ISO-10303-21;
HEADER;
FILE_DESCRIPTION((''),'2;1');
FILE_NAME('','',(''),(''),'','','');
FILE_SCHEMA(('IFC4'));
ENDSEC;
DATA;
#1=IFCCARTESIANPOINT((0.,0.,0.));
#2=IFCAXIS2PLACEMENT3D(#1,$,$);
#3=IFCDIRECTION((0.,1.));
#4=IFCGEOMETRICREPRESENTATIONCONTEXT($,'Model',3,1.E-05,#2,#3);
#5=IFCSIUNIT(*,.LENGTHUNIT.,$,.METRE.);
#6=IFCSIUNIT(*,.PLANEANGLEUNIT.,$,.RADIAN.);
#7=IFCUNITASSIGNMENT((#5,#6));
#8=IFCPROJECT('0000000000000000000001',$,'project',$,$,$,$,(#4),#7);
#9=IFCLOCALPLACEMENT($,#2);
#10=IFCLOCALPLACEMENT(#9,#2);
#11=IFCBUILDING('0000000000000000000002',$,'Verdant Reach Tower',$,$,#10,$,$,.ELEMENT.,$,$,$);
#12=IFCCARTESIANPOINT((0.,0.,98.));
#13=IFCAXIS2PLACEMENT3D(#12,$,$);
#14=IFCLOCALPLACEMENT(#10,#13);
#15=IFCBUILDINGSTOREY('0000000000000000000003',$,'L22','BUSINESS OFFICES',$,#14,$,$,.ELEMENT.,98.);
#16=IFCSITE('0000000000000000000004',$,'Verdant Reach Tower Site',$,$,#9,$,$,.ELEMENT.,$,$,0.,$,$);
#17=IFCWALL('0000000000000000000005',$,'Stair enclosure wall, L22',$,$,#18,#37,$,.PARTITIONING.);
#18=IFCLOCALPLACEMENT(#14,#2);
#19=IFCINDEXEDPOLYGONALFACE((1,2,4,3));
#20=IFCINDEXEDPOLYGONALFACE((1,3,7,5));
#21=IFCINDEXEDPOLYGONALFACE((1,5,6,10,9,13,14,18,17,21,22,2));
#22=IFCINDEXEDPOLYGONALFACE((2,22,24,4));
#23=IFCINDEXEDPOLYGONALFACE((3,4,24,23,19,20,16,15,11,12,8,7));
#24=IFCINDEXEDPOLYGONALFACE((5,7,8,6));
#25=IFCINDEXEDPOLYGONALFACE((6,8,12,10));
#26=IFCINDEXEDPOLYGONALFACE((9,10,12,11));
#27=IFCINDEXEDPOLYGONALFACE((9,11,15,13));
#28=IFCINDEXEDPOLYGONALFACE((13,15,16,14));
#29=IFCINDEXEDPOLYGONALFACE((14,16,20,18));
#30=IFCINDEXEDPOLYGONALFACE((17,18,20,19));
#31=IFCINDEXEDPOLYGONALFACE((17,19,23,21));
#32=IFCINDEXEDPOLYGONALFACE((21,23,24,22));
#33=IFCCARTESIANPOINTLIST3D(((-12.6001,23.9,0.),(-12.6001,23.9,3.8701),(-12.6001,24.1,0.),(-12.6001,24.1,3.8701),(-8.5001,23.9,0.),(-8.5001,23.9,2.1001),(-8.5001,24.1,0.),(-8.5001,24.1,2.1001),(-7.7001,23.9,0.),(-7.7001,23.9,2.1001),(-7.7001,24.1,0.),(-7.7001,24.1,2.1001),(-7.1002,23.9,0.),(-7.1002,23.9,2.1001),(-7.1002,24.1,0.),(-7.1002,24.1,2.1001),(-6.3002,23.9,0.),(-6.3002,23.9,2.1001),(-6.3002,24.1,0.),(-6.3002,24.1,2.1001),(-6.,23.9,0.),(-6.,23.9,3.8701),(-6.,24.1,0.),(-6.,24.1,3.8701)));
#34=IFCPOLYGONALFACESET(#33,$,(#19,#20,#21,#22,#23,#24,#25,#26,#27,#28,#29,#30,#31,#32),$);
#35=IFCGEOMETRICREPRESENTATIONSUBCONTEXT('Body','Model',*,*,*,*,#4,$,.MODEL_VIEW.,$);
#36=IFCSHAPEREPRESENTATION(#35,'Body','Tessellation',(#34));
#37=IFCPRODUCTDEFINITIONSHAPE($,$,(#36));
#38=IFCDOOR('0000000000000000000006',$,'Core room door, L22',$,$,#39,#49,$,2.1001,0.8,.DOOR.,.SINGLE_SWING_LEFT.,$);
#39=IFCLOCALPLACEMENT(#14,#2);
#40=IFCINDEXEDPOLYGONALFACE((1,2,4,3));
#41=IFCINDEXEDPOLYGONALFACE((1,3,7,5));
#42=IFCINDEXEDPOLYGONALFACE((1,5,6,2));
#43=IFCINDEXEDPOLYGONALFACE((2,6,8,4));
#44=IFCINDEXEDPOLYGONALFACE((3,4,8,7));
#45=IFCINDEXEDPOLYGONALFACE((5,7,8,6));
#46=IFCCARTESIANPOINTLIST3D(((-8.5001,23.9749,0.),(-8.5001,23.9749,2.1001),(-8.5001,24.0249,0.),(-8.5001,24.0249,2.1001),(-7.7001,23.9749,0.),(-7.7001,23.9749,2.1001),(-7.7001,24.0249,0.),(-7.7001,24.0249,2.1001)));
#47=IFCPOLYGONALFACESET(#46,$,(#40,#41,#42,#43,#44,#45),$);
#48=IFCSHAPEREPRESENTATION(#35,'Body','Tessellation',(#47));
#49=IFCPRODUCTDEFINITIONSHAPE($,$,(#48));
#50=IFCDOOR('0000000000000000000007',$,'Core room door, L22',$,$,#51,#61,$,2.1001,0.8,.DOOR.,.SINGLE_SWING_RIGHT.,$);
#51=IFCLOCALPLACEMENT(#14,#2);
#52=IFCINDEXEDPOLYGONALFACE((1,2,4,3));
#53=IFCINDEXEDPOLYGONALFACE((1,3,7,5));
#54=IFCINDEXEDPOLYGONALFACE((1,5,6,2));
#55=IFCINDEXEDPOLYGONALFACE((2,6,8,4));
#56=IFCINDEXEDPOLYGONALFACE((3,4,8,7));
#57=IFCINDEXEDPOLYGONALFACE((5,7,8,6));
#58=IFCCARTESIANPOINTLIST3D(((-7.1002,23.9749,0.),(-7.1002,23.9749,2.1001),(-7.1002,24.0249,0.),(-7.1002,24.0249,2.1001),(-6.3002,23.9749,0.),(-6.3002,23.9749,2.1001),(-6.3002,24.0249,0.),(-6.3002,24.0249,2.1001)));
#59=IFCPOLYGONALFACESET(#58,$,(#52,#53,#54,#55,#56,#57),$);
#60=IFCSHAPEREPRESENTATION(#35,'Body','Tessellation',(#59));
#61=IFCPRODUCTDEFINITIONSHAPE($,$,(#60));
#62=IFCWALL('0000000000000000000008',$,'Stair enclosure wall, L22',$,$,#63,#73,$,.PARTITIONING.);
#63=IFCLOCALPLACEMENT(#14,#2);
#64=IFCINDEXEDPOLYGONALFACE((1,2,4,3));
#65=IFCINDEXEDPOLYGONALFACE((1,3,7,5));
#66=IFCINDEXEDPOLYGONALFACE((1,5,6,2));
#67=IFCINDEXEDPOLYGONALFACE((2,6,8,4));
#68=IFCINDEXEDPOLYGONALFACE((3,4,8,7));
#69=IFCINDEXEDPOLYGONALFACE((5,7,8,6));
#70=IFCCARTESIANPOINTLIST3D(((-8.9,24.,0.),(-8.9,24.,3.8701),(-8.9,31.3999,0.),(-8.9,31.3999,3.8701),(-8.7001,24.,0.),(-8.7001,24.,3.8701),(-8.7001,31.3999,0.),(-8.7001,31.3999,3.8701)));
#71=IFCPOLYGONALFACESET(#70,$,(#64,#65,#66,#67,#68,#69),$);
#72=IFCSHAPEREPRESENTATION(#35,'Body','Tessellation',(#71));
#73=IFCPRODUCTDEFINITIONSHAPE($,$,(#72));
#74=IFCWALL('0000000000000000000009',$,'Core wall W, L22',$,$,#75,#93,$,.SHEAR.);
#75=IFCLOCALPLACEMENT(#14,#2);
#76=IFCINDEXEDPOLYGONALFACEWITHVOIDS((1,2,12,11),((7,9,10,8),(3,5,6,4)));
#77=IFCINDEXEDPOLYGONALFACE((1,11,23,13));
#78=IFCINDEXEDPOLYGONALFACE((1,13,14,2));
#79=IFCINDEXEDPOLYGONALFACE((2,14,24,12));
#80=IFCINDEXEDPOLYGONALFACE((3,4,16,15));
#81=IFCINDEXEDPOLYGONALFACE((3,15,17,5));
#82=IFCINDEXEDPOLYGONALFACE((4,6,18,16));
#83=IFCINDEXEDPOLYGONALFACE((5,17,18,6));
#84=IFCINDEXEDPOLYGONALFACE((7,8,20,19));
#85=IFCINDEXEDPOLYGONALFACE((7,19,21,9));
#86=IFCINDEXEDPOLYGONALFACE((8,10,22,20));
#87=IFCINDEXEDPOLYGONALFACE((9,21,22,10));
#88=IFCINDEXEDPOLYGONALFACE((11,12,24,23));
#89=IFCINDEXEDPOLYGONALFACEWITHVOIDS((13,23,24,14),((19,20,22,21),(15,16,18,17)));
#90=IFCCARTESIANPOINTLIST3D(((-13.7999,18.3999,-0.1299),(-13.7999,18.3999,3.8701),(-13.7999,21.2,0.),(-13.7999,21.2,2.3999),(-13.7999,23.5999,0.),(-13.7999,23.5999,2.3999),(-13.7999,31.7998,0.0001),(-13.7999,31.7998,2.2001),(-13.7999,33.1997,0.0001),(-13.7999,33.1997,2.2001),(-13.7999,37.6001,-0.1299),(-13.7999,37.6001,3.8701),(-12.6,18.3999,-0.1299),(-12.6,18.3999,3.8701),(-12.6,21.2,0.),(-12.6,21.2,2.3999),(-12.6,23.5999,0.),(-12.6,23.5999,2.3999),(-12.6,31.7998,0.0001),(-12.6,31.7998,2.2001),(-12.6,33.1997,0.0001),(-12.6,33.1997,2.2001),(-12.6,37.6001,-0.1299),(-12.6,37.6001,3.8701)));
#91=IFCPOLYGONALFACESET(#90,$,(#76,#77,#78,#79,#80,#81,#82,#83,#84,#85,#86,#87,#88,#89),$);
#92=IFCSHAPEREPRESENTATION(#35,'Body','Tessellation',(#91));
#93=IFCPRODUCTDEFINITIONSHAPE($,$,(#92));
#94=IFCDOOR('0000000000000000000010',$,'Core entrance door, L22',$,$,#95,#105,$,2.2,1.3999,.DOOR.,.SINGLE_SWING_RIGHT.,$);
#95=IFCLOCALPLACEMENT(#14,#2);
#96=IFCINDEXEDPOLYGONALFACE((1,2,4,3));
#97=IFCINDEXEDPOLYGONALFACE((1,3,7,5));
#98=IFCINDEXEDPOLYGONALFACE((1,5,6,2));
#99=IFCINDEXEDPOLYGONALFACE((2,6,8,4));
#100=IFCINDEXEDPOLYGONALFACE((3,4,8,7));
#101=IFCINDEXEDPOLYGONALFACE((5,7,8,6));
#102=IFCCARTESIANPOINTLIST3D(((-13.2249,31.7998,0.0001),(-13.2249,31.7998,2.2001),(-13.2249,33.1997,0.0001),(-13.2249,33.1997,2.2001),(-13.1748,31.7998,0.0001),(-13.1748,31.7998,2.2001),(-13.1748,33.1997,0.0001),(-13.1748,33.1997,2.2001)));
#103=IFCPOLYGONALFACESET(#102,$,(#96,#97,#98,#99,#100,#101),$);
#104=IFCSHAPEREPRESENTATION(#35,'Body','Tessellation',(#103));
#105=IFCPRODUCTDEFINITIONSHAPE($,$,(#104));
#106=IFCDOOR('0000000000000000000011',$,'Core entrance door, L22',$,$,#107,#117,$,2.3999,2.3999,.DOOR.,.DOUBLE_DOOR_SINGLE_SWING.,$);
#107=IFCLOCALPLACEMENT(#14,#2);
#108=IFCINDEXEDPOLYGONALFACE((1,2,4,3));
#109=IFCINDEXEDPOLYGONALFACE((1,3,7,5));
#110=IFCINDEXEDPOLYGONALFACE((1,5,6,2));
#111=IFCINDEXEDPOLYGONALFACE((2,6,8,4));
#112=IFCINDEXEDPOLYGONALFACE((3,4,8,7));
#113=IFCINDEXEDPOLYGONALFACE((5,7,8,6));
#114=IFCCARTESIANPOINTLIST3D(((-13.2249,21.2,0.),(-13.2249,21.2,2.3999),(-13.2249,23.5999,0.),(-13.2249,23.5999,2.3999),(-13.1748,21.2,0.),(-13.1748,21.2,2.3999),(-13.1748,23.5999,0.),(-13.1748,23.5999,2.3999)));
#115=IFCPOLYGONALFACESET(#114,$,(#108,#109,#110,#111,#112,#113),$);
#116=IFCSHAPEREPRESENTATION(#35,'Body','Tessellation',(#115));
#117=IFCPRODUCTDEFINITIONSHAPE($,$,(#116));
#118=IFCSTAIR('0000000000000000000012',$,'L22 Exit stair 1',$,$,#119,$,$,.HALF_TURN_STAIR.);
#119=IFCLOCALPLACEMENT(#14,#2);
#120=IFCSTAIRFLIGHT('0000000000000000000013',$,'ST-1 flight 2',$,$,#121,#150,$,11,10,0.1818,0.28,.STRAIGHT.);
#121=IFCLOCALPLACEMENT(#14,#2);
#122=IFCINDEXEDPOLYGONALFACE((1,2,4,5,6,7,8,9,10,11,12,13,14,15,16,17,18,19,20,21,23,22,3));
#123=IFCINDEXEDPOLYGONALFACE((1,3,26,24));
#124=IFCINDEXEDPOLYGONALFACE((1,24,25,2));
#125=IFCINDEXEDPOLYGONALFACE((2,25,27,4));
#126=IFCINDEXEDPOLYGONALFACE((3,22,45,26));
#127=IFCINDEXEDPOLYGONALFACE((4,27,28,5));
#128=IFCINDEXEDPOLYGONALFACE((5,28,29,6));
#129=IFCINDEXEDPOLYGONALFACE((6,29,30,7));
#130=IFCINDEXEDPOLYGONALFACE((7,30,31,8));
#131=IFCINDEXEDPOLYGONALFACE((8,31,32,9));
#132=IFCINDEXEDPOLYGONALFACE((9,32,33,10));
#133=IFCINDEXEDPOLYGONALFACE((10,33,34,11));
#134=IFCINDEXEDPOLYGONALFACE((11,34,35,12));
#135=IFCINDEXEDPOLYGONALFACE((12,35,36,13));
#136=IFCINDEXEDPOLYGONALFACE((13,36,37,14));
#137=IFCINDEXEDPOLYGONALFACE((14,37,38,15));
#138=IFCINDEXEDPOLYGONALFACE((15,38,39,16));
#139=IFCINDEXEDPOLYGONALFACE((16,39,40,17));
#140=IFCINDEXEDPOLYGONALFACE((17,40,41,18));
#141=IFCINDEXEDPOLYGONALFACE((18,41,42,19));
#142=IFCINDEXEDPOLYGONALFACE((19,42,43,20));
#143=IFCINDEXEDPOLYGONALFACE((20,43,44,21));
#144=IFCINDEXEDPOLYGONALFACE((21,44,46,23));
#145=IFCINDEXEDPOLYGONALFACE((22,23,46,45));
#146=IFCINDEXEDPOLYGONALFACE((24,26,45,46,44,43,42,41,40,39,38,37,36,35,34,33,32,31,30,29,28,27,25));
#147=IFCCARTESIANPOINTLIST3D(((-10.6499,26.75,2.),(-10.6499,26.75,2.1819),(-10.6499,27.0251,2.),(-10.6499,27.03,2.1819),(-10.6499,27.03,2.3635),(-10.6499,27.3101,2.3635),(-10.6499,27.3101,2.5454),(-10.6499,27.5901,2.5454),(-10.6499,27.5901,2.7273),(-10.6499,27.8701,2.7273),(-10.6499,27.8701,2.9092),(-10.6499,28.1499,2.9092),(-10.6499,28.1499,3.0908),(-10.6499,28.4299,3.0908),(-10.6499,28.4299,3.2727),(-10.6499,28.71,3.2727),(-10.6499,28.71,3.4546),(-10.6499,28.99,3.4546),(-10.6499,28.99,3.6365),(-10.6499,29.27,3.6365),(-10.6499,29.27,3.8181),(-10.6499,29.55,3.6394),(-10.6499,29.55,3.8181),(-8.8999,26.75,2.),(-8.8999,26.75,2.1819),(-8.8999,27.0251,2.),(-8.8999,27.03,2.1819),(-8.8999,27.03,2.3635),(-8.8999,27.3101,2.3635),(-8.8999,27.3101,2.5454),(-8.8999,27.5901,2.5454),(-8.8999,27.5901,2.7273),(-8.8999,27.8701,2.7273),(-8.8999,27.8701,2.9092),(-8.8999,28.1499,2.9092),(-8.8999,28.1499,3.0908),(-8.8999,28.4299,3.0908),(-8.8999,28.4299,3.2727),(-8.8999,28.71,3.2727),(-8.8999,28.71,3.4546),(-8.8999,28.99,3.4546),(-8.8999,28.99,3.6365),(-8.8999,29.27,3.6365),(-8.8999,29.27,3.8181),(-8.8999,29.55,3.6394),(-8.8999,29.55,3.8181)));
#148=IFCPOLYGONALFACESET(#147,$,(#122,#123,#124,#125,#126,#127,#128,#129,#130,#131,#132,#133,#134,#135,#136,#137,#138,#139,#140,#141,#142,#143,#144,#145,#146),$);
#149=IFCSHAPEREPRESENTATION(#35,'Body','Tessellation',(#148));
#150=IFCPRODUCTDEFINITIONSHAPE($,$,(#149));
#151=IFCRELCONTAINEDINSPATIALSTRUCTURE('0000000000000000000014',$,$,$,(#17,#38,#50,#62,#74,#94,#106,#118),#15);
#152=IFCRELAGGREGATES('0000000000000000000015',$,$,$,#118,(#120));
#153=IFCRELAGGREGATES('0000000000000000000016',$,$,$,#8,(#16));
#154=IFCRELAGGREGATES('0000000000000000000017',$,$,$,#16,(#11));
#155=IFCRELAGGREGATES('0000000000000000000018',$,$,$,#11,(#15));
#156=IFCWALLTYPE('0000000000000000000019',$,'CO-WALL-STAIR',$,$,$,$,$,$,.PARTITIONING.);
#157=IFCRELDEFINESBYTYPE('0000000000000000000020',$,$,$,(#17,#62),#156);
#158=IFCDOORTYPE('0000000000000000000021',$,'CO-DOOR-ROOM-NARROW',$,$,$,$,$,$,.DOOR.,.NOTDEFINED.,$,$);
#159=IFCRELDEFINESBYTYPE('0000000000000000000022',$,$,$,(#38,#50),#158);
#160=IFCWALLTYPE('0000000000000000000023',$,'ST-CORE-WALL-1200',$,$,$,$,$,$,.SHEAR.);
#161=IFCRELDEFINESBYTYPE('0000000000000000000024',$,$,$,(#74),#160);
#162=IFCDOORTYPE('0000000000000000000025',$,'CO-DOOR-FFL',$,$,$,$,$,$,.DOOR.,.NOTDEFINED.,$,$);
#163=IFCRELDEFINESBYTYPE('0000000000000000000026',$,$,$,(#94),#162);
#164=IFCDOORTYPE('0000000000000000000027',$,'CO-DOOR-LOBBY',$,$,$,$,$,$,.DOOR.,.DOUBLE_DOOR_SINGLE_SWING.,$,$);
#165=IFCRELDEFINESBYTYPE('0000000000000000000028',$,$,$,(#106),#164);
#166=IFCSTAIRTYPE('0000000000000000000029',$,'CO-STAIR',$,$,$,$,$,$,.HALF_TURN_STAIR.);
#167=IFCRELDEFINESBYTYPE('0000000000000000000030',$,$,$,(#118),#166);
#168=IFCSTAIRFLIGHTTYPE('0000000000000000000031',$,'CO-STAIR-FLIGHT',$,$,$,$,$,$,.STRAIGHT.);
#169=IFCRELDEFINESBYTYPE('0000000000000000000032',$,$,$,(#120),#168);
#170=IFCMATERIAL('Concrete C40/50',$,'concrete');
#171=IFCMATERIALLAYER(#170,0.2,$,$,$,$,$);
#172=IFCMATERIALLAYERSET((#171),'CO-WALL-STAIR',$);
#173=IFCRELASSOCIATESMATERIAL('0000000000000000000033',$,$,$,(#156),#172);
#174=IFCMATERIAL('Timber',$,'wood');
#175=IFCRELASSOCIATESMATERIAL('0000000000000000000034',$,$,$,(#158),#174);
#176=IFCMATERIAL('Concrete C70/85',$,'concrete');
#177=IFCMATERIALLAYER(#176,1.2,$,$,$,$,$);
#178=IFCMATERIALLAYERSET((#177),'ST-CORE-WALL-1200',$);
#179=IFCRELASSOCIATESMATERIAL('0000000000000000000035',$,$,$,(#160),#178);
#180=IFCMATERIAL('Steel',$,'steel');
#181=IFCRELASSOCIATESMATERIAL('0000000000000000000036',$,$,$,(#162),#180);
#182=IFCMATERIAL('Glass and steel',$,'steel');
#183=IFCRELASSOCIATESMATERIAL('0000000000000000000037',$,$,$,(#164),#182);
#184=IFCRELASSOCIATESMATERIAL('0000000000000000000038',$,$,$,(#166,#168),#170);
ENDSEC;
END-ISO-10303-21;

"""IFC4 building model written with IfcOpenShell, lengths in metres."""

from ifc_helpers import new_model, si_unit, direction, frame, frame_2d, origin, place, context, subcontext, project, spatial, polyline, rectangle, outline, extrude, material, layer, layer_set, type_object, element, fill, aggregate, save


model = new_model("IFC4")

# Units and contexts
model_context = context("Model", 3, precision=1e-05, world=origin(), true_north=direction((0.0, 1.0)))
body_context = subcontext(model_context, "Body", "Model", "MODEL_VIEW")
ifc_project = project(units=[si_unit("LENGTHUNIT", "METRE"), si_unit("PLANEANGLEUNIT", "RADIAN")], contexts=[model_context])

# Site, building, storey
site_placement = place(None, origin())
site = spatial("IfcSite", under=ifc_project, at=site_placement, Name="Verdant Reach Tower Site", CompositionType="ELEMENT", RefElevation=0.0)
building_placement = place(site_placement, origin())
building = spatial("IfcBuilding", under=site, at=building_placement, Name="Verdant Reach Tower", CompositionType="ELEMENT")
storey_placement = place(building_placement, frame((0.0, 0.0, 98.0)))
storey = spatial("IfcBuildingStorey", under=building, at=storey_placement, Name="L22", Description="BUSINESS OFFICES", CompositionType="ELEMENT", Elevation=98.0)

# Shared definitions
ifc_material_1 = material(Name="Timber", Category="wood")

# Wall, openings, doors
ifc_material_2 = material(Name="Concrete C40/50", Category="concrete")
ifc_layer_1 = layer(ifc_material_2, 0.2)
ifc_layer_set_1 = layer_set([ifc_layer_1], Name="CO-WALL-STAIR")
wall_type_1 = type_object("IfcWallType", Name="CO-WALL-STAIR", PredefinedType="PARTITIONING", material=ifc_layer_set_1)
wall_1_placement = place(storey_placement, frame((-12.6001, 24.0, 0.0), z_axis=(0.0, 0.0, 1.0), x_axis=(1.0, 0.0, 0.0)))
wall_1 = element("IfcWall", 1, at=wall_1_placement, inside=storey, type_object=wall_type_1, Name="Stair enclosure wall, L22", PredefinedType="PARTITIONING", context=body_context, shape_type="SweptSolid", body=[
    extrude(rectangle(XDim=6.6001, YDim=0.2, at=frame_2d((3.3, 0.0))), origin(), (0.0, 0.0, 1.0), 3.8701),
])
opening_1_placement = place(wall_1_placement, frame((4.1001, 0.0, 0.0)))
opening_1 = element("IfcOpeningElement", 2, at=opening_1_placement, cuts=wall_1, PredefinedType="OPENING", context=body_context, shape_type="SweptSolid", body=[
    extrude(rectangle(XDim=0.8, YDim=2.1001, at=frame_2d((0.3999, 1.05))), frame((0.0, 0.1099, 0.0), z_axis=(0.0, -1.0, 0.0), x_axis=(1.0, 0.0, 0.0)), (0.0, 0.0, 1.0), 0.22),
])
opening_2_placement = place(wall_1_placement, frame((5.5, 0.0, 0.0)))
opening_2 = element("IfcOpeningElement", 3, at=opening_2_placement, cuts=wall_1, PredefinedType="OPENING", context=body_context, shape_type="SweptSolid", body=[
    extrude(rectangle(XDim=0.8, YDim=2.1001, at=frame_2d((0.3999, 1.05))), frame((0.0, 0.1099, 0.0), z_axis=(0.0, -1.0, 0.0), x_axis=(1.0, 0.0, 0.0)), (0.0, 0.0, 1.0), 0.22),
])
door_type_1 = type_object("IfcDoorType", Name="CO-DOOR-ROOM-NARROW", OperationType="NOTDEFINED", PredefinedType="DOOR", material=ifc_material_1)
door_1_placement = place(opening_1_placement, origin())
door_1 = element("IfcDoor", 4, at=door_1_placement, inside=storey, type_object=door_type_1, Name="Core room door, L22", OperationType="SINGLE_SWING_LEFT", OverallHeight=2.1001, OverallWidth=0.8, PredefinedType="DOOR", context=body_context, shape_type="SweptSolid", body=[
    extrude(rectangle(XDim=0.8, YDim=2.1001, at=frame_2d((0.3999, 1.05))), frame((0.0, 0.0249, 0.0), z_axis=(0.0, -1.0, 0.0), x_axis=(1.0, 0.0, 0.0)), (0.0, 0.0, 1.0), 0.05),
])
fill(opening_1, door_1)
door_2_placement = place(opening_2_placement, origin())
door_2 = element("IfcDoor", 5, at=door_2_placement, inside=storey, type_object=door_type_1, Name="Core room door, L22", OperationType="SINGLE_SWING_RIGHT", OverallHeight=2.1001, OverallWidth=0.8, PredefinedType="DOOR", context=body_context, shape_type="SweptSolid", body=[
    extrude(rectangle(XDim=0.8, YDim=2.1001, at=frame_2d((0.3999, 1.05))), frame((0.0, 0.0249, 0.0), z_axis=(0.0, -1.0, 0.0), x_axis=(1.0, 0.0, 0.0)), (0.0, 0.0, 1.0), 0.05),
])
fill(opening_2, door_2)

# Wall
wall_2_placement = place(storey_placement, frame((-8.8, 24.0, 0.0), z_axis=(0.0, 0.0, 1.0), x_axis=(0.0, 1.0, 0.0)))
element("IfcWall", 6, at=wall_2_placement, inside=storey, type_object=wall_type_1, Name="Stair enclosure wall, L22", PredefinedType="PARTITIONING", context=body_context, shape_type="SweptSolid", body=[
    extrude(rectangle(XDim=7.3999, YDim=0.2, at=frame_2d((3.7, 0.0))), origin(), (0.0, 0.0, 1.0), 3.8701),
])

# Wall, openings, doors
ifc_material_3 = material(Name="Concrete C70/85", Category="concrete")
ifc_layer_2 = layer(ifc_material_3, 1.2)
ifc_layer_set_2 = layer_set([ifc_layer_2], Name="ST-CORE-WALL-1200")
wall_type_2 = type_object("IfcWallType", Name="ST-CORE-WALL-1200", PredefinedType="SHEAR", material=ifc_layer_set_2)
wall_3_placement = place(storey_placement, frame((-13.2, 18.3999, -0.1299), z_axis=(0.0, 0.0, 1.0), x_axis=(0.0, 1.0, 0.0)))
wall_3 = element("IfcWall", 7, at=wall_3_placement, inside=storey, type_object=wall_type_2, Name="Core wall W, L22", PredefinedType="SHEAR", context=body_context, shape_type="SweptSolid", body=[
    extrude(rectangle(XDim=19.2002, YDim=1.2, at=frame_2d((9.6001, 0.0))), origin(), (0.0, 0.0, 1.0), 4.0),
])
opening_3_placement = place(wall_3_placement, frame((2.8, 0.0, 0.1299)))
opening_3 = element("IfcOpeningElement", 8, at=opening_3_placement, cuts=wall_3, PredefinedType="OPENING", context=body_context, shape_type="SweptSolid", body=[
    extrude(rectangle(XDim=2.3999, YDim=2.3999, at=frame_2d((1.2, 1.2))), frame((0.0, 0.6099, 0.0), z_axis=(0.0, -1.0, 0.0), x_axis=(1.0, 0.0, 0.0)), (0.0, 0.0, 1.0), 1.22),
])
opening_4_placement = place(wall_3_placement, frame((13.3999, 0.0, 0.1299)))
opening_4 = element("IfcOpeningElement", 9, at=opening_4_placement, cuts=wall_3, PredefinedType="OPENING", context=body_context, shape_type="SweptSolid", body=[
    extrude(rectangle(XDim=1.3999, YDim=2.2, at=frame_2d((0.7, 1.1001))), frame((0.0, 0.6099, 0.0), z_axis=(0.0, -1.0, 0.0), x_axis=(1.0, 0.0, 0.0)), (0.0, 0.0, 1.0), 1.22),
])
ifc_material_4 = material(Name="Steel", Category="steel")
door_type_2 = type_object("IfcDoorType", Name="CO-DOOR-FFL", OperationType="NOTDEFINED", PredefinedType="DOOR", material=ifc_material_4)
door_3_placement = place(opening_4_placement, origin())
door_3 = element("IfcDoor", 10, at=door_3_placement, inside=storey, type_object=door_type_2, Name="Core entrance door, L22", OperationType="SINGLE_SWING_RIGHT", OverallHeight=2.2, OverallWidth=1.3999, PredefinedType="DOOR", context=body_context, shape_type="SweptSolid", body=[
    extrude(rectangle(XDim=1.3999, YDim=2.2, at=frame_2d((0.7, 1.1001))), frame((0.0, 0.0249, 0.0), z_axis=(0.0, -1.0, 0.0), x_axis=(1.0, 0.0, 0.0)), (0.0, 0.0, 1.0), 0.05),
])
fill(opening_4, door_3)
ifc_material_5 = material(Name="Glass and steel", Category="steel")
door_type_3 = type_object("IfcDoorType", Name="CO-DOOR-LOBBY", OperationType="DOUBLE_DOOR_SINGLE_SWING", PredefinedType="DOOR", material=ifc_material_5)
door_4_placement = place(opening_3_placement, origin())
door_4 = element("IfcDoor", 11, at=door_4_placement, inside=storey, type_object=door_type_3, Name="Core entrance door, L22", OperationType="DOUBLE_DOOR_SINGLE_SWING", OverallHeight=2.3999, OverallWidth=2.3999, PredefinedType="DOOR", context=body_context, shape_type="SweptSolid", body=[
    extrude(rectangle(XDim=2.3999, YDim=2.3999, at=frame_2d((1.2, 1.2))), frame((0.0, 0.0249, 0.0), z_axis=(0.0, -1.0, 0.0), x_axis=(1.0, 0.0, 0.0)), (0.0, 0.0, 1.0), 0.05),
])
fill(opening_3, door_4)

# Stair, stair flight
stair_type = type_object("IfcStairType", Name="CO-STAIR", PredefinedType="HALF_TURN_STAIR", material=ifc_material_2)
stair_placement = place(storey_placement, origin())
stair = element("IfcStair", 12, at=stair_placement, inside=storey, type_object=stair_type, Name="L22 Exit stair 1", PredefinedType="HALF_TURN_STAIR")
stair_flight_type = type_object("IfcStairFlightType", Name="CO-STAIR-FLIGHT", PredefinedType="STRAIGHT", material=ifc_material_2)
stair_flight_placement = place(storey_placement, frame((-9.7749, 26.75, 2.0), z_axis=(0.0, 0.0, 1.0), x_axis=(0.0, 1.0, 0.0)))
stair_flight = element("IfcStairFlight", 13, at=stair_flight_placement, type_object=stair_flight_type, Name="ST-1 flight 2", NumberOfRisers=11, NumberOfTreads=10, PredefinedType="STRAIGHT", RiserHeight=0.1818, TreadLength=0.28, context=body_context, shape_type="SweptSolid", body=[
    extrude(outline(polyline([(0.0, 0.0), (0.0, 0.1819), (0.28, 0.1819), (0.28, 0.3635), (0.5601, 0.3635), (0.5601, 0.5454), (0.8401, 0.5454), (0.8401, 0.7273), (1.1201, 0.7273), (1.1201, 0.9092), (1.3999, 0.9092), (1.3999, 1.0908), (1.6799, 1.0908), (1.6799, 1.2727), (1.96, 1.2727), (1.96, 1.4546), (2.24, 1.4546), (2.24, 1.6365), (2.52, 1.6365), (2.52, 1.8181), (2.8, 1.8181), (2.8, 2.0), (2.8, 1.6394), (0.2751, 0.0), (0.0, 0.0)])), frame((0.0, 0.875, 0.0), z_axis=(0.0, -1.0, 0.0), x_axis=(1.0, 0.0, 0.0)), (0.0, 0.0, 1.0), 1.75),
])
aggregate(stair, [stair_flight])

save(model, "model.ifc")
